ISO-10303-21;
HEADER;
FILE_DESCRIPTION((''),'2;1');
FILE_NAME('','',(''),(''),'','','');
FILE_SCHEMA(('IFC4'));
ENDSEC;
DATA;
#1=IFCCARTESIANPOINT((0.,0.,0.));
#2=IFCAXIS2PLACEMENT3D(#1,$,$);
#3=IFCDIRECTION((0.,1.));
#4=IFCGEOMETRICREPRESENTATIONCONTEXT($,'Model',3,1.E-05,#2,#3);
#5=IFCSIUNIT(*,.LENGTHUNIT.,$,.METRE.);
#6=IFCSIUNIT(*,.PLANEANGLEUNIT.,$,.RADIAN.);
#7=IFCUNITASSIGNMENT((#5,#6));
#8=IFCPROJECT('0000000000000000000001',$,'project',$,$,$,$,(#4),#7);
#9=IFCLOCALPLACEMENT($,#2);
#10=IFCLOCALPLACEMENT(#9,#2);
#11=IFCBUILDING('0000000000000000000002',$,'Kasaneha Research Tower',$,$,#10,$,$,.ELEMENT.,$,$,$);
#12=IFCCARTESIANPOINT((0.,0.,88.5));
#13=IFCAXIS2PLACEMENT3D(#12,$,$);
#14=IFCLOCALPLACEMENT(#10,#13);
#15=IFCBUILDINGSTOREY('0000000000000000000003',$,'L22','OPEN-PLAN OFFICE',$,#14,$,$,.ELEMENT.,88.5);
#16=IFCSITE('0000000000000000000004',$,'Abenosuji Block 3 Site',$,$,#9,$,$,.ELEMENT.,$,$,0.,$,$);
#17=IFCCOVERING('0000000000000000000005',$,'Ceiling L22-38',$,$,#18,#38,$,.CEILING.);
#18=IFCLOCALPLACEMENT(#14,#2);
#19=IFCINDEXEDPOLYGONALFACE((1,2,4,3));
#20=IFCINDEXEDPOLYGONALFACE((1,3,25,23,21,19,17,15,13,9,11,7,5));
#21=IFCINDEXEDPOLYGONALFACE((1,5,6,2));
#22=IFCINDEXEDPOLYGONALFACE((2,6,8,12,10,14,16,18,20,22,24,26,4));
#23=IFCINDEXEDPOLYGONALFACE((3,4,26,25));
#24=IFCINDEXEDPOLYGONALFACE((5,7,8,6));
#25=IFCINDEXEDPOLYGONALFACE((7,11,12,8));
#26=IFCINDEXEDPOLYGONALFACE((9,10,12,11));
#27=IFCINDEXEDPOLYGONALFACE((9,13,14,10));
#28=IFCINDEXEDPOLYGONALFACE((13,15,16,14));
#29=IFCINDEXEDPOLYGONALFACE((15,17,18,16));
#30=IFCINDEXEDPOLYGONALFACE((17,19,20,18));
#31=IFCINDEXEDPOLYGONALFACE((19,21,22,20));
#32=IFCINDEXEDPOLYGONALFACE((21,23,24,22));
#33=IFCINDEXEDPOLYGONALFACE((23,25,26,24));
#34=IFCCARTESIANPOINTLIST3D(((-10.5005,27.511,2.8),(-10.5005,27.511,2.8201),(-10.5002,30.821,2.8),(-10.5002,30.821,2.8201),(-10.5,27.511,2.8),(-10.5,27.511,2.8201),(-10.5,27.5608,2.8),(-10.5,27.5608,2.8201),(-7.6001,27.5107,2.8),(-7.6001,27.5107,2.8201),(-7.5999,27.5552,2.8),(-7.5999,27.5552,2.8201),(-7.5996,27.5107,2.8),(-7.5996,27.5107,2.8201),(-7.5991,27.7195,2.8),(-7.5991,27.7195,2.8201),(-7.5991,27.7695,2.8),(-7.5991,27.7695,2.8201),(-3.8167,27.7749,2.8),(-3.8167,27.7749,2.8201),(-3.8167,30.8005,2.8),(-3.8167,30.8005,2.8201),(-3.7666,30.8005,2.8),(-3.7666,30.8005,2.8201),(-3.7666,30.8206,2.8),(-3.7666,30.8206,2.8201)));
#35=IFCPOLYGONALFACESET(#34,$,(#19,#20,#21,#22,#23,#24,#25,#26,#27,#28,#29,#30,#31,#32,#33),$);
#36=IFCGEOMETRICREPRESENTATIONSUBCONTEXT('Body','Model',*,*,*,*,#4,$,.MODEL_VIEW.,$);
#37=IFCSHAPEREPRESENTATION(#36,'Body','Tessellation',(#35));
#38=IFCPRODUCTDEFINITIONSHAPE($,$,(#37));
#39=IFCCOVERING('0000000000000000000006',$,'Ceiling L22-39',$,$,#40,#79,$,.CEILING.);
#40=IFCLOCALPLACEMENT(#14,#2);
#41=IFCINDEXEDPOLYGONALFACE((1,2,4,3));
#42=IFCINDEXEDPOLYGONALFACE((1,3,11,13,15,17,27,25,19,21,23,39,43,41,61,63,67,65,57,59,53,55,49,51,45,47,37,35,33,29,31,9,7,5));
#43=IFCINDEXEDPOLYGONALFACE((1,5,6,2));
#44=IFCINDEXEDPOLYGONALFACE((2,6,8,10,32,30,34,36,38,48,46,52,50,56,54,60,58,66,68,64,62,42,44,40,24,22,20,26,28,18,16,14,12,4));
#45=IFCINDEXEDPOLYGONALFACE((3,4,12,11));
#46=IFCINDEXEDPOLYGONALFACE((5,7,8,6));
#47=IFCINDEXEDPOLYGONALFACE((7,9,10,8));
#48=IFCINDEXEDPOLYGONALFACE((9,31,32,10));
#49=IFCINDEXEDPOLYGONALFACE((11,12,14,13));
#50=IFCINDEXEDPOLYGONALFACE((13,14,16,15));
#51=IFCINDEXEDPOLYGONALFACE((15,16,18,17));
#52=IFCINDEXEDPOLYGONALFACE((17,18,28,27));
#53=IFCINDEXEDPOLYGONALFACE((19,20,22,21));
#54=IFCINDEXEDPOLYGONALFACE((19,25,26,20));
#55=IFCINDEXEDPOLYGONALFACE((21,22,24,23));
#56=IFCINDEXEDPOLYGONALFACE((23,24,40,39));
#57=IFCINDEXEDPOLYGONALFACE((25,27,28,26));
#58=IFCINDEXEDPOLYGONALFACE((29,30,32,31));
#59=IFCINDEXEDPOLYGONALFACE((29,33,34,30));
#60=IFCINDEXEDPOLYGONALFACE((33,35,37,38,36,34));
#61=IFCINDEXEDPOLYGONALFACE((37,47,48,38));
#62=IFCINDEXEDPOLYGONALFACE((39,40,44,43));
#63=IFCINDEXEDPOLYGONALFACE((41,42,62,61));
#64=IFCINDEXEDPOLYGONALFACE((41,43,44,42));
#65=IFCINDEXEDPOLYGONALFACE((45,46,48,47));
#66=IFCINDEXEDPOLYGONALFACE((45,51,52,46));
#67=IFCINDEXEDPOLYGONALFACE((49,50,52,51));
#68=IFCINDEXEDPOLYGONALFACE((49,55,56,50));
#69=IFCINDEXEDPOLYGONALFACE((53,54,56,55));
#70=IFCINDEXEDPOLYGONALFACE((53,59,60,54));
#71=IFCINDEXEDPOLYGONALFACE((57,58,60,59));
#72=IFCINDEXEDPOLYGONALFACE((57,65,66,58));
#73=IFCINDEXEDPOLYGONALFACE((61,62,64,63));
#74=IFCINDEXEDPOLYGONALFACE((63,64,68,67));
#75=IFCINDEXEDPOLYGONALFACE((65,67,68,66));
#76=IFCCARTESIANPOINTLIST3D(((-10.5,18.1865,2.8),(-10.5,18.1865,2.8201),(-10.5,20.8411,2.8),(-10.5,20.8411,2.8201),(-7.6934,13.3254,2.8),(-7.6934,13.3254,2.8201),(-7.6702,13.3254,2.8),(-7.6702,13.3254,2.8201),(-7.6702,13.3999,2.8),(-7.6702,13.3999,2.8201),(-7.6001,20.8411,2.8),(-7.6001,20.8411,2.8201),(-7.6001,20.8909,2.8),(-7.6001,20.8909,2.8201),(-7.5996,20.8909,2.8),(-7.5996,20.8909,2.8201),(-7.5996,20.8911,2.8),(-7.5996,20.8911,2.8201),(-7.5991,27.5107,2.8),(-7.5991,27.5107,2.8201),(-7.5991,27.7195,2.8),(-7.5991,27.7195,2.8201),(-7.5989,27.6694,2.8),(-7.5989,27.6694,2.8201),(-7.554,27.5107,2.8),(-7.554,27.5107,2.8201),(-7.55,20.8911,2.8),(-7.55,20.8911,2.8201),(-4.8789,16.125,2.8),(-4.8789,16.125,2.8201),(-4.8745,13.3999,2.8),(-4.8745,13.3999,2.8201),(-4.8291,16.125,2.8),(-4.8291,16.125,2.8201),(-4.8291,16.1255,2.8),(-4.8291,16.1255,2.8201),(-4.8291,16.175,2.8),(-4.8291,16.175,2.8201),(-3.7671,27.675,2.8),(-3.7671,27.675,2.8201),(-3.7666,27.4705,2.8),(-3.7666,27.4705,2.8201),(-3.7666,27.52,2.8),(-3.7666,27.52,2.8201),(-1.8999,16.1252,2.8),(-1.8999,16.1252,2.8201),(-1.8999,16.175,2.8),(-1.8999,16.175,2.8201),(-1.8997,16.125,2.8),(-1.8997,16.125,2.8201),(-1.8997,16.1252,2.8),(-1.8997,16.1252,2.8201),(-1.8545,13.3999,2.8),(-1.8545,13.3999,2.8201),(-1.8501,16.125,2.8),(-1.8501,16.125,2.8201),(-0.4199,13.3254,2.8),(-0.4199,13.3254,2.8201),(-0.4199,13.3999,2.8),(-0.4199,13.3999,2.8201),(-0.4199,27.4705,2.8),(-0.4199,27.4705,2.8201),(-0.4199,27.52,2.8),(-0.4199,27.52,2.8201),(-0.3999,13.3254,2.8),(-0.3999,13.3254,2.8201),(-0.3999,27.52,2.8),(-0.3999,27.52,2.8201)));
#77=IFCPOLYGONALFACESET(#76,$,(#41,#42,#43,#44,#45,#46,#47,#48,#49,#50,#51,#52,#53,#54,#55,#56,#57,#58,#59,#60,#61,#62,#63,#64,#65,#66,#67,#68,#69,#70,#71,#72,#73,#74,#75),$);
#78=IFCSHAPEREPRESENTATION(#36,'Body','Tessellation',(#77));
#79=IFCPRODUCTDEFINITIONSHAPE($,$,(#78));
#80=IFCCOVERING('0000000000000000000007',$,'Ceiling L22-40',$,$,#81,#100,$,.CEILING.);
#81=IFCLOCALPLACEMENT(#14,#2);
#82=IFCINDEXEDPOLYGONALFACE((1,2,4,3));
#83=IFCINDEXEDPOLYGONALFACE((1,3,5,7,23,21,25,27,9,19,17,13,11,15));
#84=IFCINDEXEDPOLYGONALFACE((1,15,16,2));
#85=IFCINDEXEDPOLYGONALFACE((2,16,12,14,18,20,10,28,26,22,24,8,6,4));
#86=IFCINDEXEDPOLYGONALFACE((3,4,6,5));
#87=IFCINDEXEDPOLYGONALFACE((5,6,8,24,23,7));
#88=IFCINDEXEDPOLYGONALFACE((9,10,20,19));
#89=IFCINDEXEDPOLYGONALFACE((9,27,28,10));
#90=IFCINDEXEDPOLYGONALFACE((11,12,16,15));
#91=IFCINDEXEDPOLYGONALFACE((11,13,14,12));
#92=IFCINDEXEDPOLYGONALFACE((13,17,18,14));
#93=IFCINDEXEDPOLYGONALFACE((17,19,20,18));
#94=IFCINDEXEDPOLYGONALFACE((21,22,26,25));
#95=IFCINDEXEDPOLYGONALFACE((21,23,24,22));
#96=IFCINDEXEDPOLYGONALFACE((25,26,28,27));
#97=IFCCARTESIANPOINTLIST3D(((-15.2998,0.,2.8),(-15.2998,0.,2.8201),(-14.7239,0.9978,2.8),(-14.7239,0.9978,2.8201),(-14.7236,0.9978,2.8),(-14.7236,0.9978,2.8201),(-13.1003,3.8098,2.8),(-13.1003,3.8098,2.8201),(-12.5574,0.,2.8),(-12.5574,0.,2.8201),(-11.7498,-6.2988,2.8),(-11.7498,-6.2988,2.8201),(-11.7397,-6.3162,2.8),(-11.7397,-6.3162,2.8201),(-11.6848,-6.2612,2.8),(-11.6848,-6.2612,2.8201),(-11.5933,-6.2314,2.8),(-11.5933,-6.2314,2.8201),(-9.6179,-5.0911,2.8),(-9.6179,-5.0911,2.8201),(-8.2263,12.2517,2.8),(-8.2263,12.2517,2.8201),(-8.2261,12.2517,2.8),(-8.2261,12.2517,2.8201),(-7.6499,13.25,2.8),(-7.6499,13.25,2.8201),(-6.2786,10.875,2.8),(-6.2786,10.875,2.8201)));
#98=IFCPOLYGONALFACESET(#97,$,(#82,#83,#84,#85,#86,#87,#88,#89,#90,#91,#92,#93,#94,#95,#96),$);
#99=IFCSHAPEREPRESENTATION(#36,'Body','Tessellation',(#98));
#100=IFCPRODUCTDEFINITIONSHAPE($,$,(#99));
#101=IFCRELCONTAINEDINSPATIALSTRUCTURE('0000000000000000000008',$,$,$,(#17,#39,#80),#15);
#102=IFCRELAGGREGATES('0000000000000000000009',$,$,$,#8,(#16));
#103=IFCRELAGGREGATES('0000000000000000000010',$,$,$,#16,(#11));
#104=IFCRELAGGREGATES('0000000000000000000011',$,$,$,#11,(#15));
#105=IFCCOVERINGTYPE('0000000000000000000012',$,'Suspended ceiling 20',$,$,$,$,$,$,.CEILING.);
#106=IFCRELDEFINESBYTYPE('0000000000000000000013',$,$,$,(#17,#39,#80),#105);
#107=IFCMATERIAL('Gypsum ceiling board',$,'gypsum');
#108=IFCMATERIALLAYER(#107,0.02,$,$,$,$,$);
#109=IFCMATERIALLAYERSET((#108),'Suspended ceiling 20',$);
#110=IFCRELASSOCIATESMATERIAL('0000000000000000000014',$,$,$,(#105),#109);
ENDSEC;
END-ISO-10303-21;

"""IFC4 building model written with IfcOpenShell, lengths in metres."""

from ifc_helpers import new_model, si_unit, direction, frame, origin, place, context, subcontext, project, spatial, polyline, outline, extrude, material, layer, layer_set, type_object, element, save


model = new_model("IFC4")

# Units and contexts
model_context = context("Model", 3, precision=1e-05, world=origin(), true_north=direction((0.0, 1.0)))
body_context = subcontext(model_context, "Body", "Model", "MODEL_VIEW")
ifc_project = project(units=[si_unit("LENGTHUNIT", "METRE"), si_unit("PLANEANGLEUNIT", "RADIAN")], contexts=[model_context])

# Site, building, storey
site_placement = place(None, origin())
site = spatial("IfcSite", under=ifc_project, at=site_placement, Name="Abenosuji Block 3 Site", CompositionType="ELEMENT", RefElevation=0.0)
building_placement = place(site_placement, origin())
building = spatial("IfcBuilding", under=site, at=building_placement, Name="Kasaneha Research Tower", CompositionType="ELEMENT")
storey_placement = place(building_placement, frame((0.0, 0.0, 88.5)))
storey = spatial("IfcBuildingStorey", under=building, at=storey_placement, Name="L22", Description="OPEN-PLAN OFFICE", CompositionType="ELEMENT", Elevation=88.5)

# Coverings
ifc_material_1 = material(Name="Gypsum ceiling board", Category="gypsum")
ifc_layer_1 = layer(ifc_material_1, 0.02)
ifc_layer_set_1 = layer_set([ifc_layer_1], Name="Suspended ceiling 20")
covering_type = type_object("IfcCoveringType", Name="Suspended ceiling 20", PredefinedType="CEILING", material=ifc_layer_set_1)
covering_1_placement = place(storey_placement, frame((0.0, 0.0, 2.8)))
element("IfcCovering", 1, at=covering_1_placement, inside=storey, type_object=covering_type, Name="Ceiling L22-38", PredefinedType="CEILING", context=body_context, shape_type="SweptSolid", body=[
    extrude(outline(polyline([(-7.5996, 27.5107), (-7.6001, 27.5107), (-7.5999, 27.5552), (-10.5, 27.5608), (-10.5, 27.511), (-10.5005, 27.511), (-10.5002, 30.821), (-3.7666, 30.8206), (-3.7666, 30.8005), (-3.8167, 30.8005), (-3.8167, 27.7749), (-7.5991, 27.7695), (-7.5991, 27.7195), (-7.5996, 27.5107)])), origin(), (0.0, 0.0, 1.0), 0.02),
])
covering_2_placement = place(storey_placement, frame((0.0, 0.0, 2.8)))
element("IfcCovering", 2, at=covering_2_placement, inside=storey, type_object=covering_type, Name="Ceiling L22-39", PredefinedType="CEILING", context=body_context, shape_type="SweptSolid", body=[
    extrude(outline(polyline([(-1.8999, 16.1252), (-1.8999, 16.175), (-4.8291, 16.175), (-4.8291, 16.1255), (-4.8291, 16.125), (-4.8789, 16.125), (-4.8745, 13.3999), (-7.6702, 13.3999), (-7.6702, 13.3254), (-7.6934, 13.3254), (-10.5, 18.1865), (-10.5, 20.8411), (-7.6001, 20.8411), (-7.6001, 20.8909), (-7.5996, 20.8909), (-7.5996, 20.8911), (-7.55, 20.8911), (-7.554, 27.5107), (-7.5991, 27.5107), (-7.5991, 27.7195), (-7.5989, 27.6694), (-3.7671, 27.675), (-3.7666, 27.52), (-3.7666, 27.52), (-3.7666, 27.4705), (-0.4199, 27.4705), (-0.4199, 27.52), (-0.3999, 27.52), (-0.3999, 13.3254), (-0.4199, 13.3254), (-0.4199, 13.3999), (-1.8545, 13.3999), (-1.8501, 16.125), (-1.8997, 16.125), (-1.8997, 16.1252), (-1.8999, 16.1252)])), origin(), (0.0, 0.0, 1.0), 0.02),
])
covering_3_placement = place(storey_placement, frame((0.0, 0.0, 2.8)))
element("IfcCovering", 3, at=covering_3_placement, inside=storey, type_object=covering_type, Name="Ceiling L22-40", PredefinedType="CEILING", context=body_context, shape_type="SweptSolid", body=[
    extrude(outline(polyline([(-12.5574, 0.0), (-9.6179, -5.0911), (-11.5933, -6.2314), (-11.7397, -6.3162), (-11.7498, -6.2988), (-11.6848, -6.2612), (-15.2998, 0.0), (-14.7239, 0.9978), (-14.7236, 0.9978), (-13.1003, 3.8098), (-13.1003, 3.8098), (-8.2261, 12.2517), (-8.2263, 12.2517), (-7.6499, 13.25), (-6.2786, 10.875), (-12.5574, 0.0)])), origin(), (0.0, 0.0, 1.0), 0.02),
])

save(model, "model.ifc")
